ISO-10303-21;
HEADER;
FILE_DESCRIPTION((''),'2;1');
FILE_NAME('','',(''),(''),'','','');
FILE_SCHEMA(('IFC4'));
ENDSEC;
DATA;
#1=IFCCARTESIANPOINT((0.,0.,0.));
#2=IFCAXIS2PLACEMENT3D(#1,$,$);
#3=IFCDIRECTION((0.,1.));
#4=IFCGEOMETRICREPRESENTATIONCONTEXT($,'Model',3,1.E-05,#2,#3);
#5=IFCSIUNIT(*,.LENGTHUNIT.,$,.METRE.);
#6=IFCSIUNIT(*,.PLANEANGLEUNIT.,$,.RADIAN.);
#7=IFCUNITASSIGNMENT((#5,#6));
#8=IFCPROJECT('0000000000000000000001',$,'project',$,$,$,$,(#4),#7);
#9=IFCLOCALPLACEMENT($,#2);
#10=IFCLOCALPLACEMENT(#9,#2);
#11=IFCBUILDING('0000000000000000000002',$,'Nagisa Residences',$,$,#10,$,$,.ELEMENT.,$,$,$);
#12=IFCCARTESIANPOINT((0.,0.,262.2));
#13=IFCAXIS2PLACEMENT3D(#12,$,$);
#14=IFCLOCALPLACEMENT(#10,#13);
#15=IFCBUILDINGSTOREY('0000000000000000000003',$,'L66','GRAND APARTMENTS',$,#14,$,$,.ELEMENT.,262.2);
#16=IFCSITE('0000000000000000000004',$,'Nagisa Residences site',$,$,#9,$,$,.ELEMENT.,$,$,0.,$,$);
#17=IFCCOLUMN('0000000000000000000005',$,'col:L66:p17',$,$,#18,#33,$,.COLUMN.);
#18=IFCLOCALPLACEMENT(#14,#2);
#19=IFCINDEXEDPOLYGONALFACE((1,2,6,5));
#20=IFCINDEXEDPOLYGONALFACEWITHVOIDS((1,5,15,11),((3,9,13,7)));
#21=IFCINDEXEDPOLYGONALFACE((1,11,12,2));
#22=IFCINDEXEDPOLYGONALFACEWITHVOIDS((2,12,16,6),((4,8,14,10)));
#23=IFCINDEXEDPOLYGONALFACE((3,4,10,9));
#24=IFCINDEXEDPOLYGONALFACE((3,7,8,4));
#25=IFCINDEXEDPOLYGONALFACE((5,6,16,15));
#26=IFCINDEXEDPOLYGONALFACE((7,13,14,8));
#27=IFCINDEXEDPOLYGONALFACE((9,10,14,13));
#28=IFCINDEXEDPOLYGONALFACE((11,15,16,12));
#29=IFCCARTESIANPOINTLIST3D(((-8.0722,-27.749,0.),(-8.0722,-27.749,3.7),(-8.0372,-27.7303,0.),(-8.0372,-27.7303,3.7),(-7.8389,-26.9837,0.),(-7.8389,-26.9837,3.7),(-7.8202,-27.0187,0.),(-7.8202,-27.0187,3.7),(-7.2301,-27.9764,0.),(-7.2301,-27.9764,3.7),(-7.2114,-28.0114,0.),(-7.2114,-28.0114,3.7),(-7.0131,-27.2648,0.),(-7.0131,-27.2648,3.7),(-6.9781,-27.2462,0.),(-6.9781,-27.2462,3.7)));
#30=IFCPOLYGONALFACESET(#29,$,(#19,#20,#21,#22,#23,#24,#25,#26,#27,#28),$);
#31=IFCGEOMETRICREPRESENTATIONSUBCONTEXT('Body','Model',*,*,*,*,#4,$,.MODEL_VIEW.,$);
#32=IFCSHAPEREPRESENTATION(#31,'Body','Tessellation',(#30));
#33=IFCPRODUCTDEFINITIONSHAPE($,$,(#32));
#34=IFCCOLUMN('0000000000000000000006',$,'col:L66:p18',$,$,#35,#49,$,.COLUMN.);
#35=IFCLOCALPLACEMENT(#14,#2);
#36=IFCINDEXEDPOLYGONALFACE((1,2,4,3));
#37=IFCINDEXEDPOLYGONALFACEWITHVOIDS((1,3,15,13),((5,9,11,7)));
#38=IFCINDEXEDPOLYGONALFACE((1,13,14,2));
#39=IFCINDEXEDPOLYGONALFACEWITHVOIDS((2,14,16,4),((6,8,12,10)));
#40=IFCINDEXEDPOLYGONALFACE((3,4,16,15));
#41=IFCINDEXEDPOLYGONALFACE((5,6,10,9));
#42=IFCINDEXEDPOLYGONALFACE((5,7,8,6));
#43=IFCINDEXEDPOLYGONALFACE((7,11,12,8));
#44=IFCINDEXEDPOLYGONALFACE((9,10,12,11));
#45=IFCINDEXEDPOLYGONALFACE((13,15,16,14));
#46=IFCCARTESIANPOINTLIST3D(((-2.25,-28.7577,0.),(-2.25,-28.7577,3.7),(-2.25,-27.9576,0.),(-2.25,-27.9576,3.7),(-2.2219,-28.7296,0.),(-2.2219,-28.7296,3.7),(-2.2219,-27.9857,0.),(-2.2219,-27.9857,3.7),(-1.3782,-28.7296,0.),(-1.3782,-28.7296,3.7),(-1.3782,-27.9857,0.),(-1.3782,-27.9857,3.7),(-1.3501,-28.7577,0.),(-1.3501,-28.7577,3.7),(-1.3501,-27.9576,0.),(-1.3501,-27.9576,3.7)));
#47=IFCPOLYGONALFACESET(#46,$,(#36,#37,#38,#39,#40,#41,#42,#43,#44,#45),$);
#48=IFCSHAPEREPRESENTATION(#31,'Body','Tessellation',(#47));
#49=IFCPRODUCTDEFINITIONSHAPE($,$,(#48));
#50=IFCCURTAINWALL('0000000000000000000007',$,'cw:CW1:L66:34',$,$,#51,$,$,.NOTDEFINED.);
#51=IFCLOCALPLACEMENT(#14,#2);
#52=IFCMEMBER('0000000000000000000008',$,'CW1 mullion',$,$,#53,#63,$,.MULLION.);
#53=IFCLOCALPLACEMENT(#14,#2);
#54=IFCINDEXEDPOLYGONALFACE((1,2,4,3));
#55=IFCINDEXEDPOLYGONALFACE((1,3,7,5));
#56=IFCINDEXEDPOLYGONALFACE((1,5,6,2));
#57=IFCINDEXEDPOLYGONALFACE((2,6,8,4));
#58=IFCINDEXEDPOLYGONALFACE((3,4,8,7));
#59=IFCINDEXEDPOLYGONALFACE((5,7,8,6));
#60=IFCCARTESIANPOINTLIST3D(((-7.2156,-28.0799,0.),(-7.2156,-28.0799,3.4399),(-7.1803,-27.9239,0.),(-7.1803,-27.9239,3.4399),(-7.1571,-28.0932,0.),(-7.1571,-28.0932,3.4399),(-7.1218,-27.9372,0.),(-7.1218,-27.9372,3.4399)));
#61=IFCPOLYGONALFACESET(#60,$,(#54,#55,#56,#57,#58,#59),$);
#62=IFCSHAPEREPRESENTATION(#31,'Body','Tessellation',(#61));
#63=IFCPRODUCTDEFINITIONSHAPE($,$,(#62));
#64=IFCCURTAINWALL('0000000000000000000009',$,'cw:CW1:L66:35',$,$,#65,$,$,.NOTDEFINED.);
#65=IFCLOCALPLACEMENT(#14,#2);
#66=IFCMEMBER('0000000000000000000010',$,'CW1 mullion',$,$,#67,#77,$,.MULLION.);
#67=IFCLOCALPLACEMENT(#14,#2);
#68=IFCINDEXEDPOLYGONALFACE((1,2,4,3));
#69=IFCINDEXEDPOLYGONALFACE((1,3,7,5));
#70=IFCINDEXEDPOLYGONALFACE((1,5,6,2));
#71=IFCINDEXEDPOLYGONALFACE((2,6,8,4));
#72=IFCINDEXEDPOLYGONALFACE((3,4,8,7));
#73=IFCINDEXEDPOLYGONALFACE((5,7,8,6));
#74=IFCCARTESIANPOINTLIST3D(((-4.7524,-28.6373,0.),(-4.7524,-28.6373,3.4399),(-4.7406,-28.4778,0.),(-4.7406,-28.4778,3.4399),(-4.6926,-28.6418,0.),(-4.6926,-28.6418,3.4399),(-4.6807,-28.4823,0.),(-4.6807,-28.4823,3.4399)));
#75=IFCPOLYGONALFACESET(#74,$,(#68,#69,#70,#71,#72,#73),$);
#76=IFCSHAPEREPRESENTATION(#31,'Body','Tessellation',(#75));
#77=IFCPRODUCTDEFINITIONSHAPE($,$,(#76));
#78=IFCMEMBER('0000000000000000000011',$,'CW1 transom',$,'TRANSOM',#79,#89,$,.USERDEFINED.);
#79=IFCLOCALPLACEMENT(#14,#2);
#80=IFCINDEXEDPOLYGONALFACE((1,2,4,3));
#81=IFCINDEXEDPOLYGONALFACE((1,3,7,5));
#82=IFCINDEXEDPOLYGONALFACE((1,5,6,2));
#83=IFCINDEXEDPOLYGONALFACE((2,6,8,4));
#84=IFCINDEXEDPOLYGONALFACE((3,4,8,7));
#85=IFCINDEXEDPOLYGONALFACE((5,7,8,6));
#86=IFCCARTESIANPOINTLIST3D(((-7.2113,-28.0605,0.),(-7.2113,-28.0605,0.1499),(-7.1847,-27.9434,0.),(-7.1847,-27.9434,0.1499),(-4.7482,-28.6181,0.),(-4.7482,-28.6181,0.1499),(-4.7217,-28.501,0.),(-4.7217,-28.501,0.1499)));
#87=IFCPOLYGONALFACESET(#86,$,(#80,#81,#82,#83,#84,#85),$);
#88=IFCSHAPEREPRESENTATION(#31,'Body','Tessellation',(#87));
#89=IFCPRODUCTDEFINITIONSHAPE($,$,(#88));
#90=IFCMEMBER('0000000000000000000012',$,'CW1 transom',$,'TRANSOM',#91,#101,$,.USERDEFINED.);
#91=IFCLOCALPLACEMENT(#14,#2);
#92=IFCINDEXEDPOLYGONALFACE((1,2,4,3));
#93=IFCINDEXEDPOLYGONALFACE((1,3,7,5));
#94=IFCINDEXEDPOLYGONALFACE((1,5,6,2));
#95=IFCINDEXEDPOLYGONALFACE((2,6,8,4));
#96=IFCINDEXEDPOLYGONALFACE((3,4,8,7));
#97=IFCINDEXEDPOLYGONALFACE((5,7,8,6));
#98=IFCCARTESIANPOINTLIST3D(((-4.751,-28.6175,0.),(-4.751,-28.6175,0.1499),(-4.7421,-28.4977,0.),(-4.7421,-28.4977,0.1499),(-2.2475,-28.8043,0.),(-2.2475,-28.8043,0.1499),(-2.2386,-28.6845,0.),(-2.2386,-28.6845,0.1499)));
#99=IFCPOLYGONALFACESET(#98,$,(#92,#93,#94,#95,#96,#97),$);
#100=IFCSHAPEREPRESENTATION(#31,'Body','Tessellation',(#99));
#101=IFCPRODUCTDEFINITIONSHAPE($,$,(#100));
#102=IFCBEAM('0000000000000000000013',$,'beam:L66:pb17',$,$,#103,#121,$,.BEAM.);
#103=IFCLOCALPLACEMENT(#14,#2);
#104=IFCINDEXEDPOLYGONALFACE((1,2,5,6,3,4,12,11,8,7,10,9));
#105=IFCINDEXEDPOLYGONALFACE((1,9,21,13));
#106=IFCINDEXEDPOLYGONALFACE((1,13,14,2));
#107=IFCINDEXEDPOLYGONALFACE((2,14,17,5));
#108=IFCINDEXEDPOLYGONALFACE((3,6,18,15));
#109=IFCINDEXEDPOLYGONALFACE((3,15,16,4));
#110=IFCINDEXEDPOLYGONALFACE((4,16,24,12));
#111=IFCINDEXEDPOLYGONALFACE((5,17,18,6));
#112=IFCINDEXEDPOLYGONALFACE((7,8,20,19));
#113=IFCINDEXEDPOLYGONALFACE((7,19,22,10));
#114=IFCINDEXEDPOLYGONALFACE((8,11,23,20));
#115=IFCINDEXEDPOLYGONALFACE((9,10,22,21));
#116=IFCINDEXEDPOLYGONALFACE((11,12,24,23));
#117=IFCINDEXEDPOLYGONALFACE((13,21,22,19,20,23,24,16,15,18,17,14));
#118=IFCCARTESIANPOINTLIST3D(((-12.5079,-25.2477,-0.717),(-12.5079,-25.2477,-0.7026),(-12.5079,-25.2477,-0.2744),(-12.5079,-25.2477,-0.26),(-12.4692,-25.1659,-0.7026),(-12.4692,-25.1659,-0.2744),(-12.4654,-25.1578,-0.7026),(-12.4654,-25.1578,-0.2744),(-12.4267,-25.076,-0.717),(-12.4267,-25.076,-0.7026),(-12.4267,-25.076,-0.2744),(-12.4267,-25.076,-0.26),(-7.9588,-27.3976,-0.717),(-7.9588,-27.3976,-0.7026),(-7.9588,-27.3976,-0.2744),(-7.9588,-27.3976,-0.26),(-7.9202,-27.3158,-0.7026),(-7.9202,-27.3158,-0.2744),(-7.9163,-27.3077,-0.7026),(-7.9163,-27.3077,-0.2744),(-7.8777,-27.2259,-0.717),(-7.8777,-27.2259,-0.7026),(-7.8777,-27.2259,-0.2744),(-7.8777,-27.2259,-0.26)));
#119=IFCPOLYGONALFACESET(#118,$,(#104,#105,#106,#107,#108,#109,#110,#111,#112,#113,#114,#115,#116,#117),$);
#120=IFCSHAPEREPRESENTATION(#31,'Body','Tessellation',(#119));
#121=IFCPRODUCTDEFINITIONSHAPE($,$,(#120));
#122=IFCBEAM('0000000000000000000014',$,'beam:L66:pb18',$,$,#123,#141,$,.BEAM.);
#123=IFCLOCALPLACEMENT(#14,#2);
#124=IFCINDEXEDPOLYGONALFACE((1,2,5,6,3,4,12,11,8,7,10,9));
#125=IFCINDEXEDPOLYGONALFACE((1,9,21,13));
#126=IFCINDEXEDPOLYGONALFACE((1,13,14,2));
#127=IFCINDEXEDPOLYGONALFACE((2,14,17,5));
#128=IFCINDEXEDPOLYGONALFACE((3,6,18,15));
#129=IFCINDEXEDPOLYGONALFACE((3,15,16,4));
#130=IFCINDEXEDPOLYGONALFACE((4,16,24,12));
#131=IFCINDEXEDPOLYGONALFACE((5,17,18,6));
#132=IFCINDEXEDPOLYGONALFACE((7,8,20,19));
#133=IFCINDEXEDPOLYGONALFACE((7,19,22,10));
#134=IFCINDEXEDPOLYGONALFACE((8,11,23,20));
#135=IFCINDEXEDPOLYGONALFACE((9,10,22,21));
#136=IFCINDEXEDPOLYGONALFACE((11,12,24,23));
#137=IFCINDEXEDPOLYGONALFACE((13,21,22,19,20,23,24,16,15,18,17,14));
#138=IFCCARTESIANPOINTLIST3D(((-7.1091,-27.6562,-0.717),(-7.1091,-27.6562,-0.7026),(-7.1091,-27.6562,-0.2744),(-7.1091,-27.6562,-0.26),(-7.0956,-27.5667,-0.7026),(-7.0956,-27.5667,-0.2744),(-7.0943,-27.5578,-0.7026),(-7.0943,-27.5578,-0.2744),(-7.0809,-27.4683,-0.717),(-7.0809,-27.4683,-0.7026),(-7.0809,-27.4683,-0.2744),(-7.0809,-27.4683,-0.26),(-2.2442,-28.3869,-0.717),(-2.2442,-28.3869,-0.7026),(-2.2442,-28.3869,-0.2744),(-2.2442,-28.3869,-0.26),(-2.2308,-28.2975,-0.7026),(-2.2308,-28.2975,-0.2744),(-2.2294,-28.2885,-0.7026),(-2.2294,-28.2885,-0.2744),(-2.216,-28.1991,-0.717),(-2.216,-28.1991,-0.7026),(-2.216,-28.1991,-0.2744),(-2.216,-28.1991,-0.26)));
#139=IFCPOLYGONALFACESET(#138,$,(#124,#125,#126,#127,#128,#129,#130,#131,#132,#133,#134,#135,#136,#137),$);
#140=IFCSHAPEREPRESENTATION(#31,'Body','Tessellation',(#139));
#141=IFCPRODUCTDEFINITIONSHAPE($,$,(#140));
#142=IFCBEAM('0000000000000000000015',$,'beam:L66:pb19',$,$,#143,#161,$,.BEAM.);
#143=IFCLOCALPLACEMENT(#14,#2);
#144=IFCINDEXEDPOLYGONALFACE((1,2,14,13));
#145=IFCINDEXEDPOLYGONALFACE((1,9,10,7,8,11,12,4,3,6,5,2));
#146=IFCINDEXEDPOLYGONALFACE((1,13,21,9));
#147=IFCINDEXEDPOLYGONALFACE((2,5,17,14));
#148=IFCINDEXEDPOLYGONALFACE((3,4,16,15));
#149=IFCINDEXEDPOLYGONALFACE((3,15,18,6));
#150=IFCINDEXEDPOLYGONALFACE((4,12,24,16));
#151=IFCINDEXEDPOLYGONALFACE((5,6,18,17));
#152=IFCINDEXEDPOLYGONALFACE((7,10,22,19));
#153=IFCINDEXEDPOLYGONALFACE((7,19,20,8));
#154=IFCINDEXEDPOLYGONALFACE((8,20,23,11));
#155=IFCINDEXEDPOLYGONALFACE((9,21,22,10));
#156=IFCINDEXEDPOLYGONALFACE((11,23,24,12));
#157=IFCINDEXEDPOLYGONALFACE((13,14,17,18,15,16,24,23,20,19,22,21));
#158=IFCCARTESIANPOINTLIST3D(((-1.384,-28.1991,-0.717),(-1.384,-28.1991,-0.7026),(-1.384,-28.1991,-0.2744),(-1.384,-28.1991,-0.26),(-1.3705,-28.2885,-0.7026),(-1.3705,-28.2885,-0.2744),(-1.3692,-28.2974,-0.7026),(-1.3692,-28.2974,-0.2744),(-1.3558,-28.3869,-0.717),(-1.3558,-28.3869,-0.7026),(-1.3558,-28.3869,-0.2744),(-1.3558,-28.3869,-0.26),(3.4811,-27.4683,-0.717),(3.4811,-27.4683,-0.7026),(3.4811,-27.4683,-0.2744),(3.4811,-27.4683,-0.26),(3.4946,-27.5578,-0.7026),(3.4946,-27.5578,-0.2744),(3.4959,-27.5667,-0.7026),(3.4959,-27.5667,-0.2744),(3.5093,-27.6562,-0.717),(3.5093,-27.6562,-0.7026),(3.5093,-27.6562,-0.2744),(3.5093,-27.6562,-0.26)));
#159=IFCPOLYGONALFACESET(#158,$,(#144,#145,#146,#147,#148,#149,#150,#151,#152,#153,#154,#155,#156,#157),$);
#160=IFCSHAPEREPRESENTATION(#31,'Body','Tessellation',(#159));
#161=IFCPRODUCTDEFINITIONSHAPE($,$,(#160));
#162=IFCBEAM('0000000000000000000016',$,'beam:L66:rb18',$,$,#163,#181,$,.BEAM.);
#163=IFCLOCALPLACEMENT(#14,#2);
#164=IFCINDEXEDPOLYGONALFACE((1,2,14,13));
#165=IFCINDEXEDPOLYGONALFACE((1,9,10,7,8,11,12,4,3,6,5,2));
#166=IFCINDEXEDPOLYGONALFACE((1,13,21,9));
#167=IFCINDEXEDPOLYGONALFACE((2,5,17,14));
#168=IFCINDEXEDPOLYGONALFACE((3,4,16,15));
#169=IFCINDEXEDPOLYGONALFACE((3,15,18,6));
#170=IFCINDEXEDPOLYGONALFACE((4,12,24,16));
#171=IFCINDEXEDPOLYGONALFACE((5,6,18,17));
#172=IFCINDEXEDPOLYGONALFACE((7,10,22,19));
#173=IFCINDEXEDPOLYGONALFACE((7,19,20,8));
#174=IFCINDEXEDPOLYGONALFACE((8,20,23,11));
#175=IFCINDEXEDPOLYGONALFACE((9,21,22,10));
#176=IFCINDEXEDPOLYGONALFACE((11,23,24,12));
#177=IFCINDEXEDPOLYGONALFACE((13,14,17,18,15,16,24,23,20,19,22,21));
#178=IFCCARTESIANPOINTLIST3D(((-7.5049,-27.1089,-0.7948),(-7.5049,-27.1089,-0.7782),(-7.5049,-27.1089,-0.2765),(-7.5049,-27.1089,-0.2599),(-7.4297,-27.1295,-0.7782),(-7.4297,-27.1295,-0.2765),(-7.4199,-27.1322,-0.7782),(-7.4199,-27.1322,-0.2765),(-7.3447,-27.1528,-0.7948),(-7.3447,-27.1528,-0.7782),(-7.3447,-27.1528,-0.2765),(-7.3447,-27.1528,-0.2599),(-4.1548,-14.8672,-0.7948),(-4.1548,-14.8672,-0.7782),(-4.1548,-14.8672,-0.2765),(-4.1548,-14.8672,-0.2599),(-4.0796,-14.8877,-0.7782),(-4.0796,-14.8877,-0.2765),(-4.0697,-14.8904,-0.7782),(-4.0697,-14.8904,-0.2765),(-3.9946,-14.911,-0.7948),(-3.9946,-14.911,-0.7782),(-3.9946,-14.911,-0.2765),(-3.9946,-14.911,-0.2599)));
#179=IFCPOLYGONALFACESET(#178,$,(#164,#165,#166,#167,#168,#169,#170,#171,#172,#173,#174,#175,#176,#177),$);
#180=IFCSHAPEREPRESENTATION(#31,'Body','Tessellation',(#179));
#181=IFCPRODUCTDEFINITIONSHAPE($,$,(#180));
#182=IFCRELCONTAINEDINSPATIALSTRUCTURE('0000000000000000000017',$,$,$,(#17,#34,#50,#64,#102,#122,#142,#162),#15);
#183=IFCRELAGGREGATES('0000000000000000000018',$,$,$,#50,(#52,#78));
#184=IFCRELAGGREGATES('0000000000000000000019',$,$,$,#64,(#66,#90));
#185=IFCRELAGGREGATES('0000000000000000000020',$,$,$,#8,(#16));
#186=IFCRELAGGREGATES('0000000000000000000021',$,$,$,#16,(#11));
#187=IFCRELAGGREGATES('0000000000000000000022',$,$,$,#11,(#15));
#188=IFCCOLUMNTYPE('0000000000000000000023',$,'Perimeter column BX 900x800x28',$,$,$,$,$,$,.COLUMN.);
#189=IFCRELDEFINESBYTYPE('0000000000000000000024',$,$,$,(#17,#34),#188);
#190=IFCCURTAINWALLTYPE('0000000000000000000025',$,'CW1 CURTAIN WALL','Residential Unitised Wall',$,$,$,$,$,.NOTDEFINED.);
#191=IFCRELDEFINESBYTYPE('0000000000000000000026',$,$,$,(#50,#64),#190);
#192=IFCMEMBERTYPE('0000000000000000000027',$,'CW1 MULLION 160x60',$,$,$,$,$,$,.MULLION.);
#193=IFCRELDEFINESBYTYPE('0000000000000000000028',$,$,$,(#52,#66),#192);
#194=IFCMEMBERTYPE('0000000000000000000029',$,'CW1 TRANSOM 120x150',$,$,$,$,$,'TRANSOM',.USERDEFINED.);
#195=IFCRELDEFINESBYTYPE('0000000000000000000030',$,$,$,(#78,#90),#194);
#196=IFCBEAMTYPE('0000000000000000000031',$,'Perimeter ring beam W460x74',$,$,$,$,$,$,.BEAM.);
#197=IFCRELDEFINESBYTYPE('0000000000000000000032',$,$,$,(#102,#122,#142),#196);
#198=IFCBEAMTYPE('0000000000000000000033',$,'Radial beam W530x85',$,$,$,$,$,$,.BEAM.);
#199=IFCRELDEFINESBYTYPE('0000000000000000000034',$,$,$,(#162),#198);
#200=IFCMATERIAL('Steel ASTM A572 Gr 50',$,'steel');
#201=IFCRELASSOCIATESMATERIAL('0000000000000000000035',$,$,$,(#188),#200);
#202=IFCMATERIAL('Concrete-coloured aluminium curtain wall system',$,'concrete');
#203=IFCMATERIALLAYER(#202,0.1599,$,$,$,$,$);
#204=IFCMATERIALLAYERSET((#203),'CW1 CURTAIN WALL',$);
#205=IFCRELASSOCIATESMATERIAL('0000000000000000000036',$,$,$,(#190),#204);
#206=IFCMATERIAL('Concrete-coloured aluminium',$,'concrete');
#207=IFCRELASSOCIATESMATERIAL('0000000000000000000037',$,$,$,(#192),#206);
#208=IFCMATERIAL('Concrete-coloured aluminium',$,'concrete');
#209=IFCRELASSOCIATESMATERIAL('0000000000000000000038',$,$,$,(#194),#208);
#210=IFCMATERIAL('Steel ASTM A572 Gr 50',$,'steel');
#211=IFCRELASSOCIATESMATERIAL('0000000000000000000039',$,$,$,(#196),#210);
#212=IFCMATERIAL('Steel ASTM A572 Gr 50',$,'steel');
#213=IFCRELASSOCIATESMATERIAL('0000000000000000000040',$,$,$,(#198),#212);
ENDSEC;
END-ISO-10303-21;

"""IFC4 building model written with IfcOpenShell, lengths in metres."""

from ifc_helpers import new_model, si_unit, direction, frame, origin, origin_2d, place, context, subcontext, project, spatial, rectangle, hollow_rectangle, i_section, extrude, material, layer, layer_set, material_profile, profile_set, type_object, element, aggregate, save


model = new_model("IFC4")

# Units and contexts
model_context = context("Model", 3, precision=1e-05, world=origin(), true_north=direction((0.0, 1.0)))
body_context = subcontext(model_context, "Body", "Model", "MODEL_VIEW")
ifc_project = project(units=[si_unit("LENGTHUNIT", "METRE"), si_unit("PLANEANGLEUNIT", "RADIAN")], contexts=[model_context])

# Site, building, storey
site_placement = place(None, origin())
site = spatial("IfcSite", under=ifc_project, at=site_placement, Name="Nagisa Residences site", CompositionType="ELEMENT", RefElevation=0.0)
building_placement = place(site_placement, origin())
building = spatial("IfcBuilding", under=site, at=building_placement, Name="Nagisa Residences", CompositionType="ELEMENT")
storey_placement = place(building_placement, frame((0.0, 0.0, 262.2)))
storey = spatial("IfcBuildingStorey", under=building, at=storey_placement, Name="L66", Description="GRAND APARTMENTS", CompositionType="ELEMENT", Elevation=262.2)

# Columns
ifc_material_1 = material(Name="Steel ASTM A572 Gr 50", Category="steel")
ifc_material_profile_1 = material_profile(ifc_material_1, hollow_rectangle(XDim=0.8999, YDim=0.8, WallThickness=0.0281, at=origin_2d()), Name="BX 900x800x28")
ifc_profile_set_1 = profile_set([ifc_material_profile_1], Name="Steel ASTM A572 Gr 50")
column_type = type_object("IfcColumnType", Name="Perimeter column BX 900x800x28", PredefinedType="COLUMN", material=ifc_profile_set_1)
for number, where, z_axis, x_axis, name in (
    (1, (-7.5251, -27.4976, 0.0), (0.0, 0.0, 1.0), (0.956525, -0.291652, 0.0), "col:L66:p17"),
    (2, (-1.8, -28.3577, 0.0), (0.0, 0.0, 1.0), (1.0, 0.0, 0.0), "col:L66:p18"),
):
    element("IfcColumn", number, at=place(storey_placement, frame(where, z_axis=z_axis, x_axis=x_axis)), inside=storey, type_object=column_type, Name=name, PredefinedType="COLUMN", context=body_context, shape_type="SweptSolid", body=[
        extrude(hollow_rectangle(XDim=0.8999, YDim=0.8, WallThickness=0.0281, at=origin_2d()), origin(), (0.0, 0.0, 1.0), 3.7),
    ])

# Curtain walls, members
ifc_material_2 = material(Name="Concrete-coloured aluminium curtain wall system", Category="concrete")
ifc_layer_1 = layer(ifc_material_2, 0.1599)
ifc_layer_set_1 = layer_set([ifc_layer_1], Name="CW1 CURTAIN WALL")
curtain_wall_type = type_object("IfcCurtainWallType", Name="CW1 CURTAIN WALL", Description="Residential Unitised Wall", PredefinedType="NOTDEFINED", material=ifc_layer_set_1)
curtain_wall_1_placement = place(storey_placement, origin())
curtain_wall_1 = element("IfcCurtainWall", 3, at=curtain_wall_1_placement, inside=storey, type_object=curtain_wall_type, Name="cw:CW1:L66:34", PredefinedType="NOTDEFINED")
ifc_material_3 = material(Name="Concrete-coloured aluminium", Category="concrete")
ifc_material_profile_2 = material_profile(ifc_material_3, rectangle(XDim=0.1599, YDim=0.0601, at=origin_2d()), Name="CW1 MULLION 160x60")
ifc_profile_set_2 = profile_set([ifc_material_profile_2], Name="Concrete-coloured aluminium")
member_type_1 = type_object("IfcMemberType", Name="CW1 MULLION 160x60", PredefinedType="MULLION", material=ifc_profile_set_2)
member_1_placement = place(storey_placement, frame((-7.1687, -28.0085, 0.0), z_axis=(0.0, 0.0, 1.0), x_axis=(0.220764, 0.975327, 0.0)))
member_1 = element("IfcMember", 4, at=member_1_placement, type_object=member_type_1, Name="CW1 mullion", PredefinedType="MULLION", context=body_context, shape_type="SweptSolid", body=[
    extrude(rectangle(XDim=0.1599, YDim=0.0601, at=origin_2d()), origin(), (0.0, 0.0, 1.0), 3.4399),
])
curtain_wall_2_placement = place(storey_placement, origin())
curtain_wall_2 = element("IfcCurtainWall", 5, at=curtain_wall_2_placement, inside=storey, type_object=curtain_wall_type, Name="cw:CW1:L66:35", PredefinedType="NOTDEFINED")
member_2_placement = place(storey_placement, frame((-4.7166, -28.5598, 0.0), z_axis=(0.0, 0.0, 1.0), x_axis=(0.074377, 0.99723, 0.0)))
member_2 = element("IfcMember", 6, at=member_2_placement, type_object=member_type_1, Name="CW1 mullion", PredefinedType="MULLION", context=body_context, shape_type="SweptSolid", body=[
    extrude(rectangle(XDim=0.1599, YDim=0.0601, at=origin_2d()), origin(), (0.0, 0.0, 1.0), 3.4399),
])

# Members
ifc_material_4 = material(Name="Concrete-coloured aluminium", Category="concrete")
ifc_material_profile_3 = material_profile(ifc_material_4, rectangle(XDim=0.1201, YDim=0.1499, at=origin_2d()), Name="CW1 TRANSOM 120x150")
ifc_profile_set_3 = profile_set([ifc_material_profile_3], Name="Concrete-coloured aluminium")
member_type_2 = type_object("IfcMemberType", Name="CW1 TRANSOM 120x150", ElementType="TRANSOM", PredefinedType="USERDEFINED", material=ifc_profile_set_3)
member_3_placement = place(storey_placement, frame((-7.198, -28.002, 0.075), z_axis=(0.97532, -0.220798, 0.0), x_axis=(0.220798, 0.97532, 0.0)))
member_3 = element("IfcMember", 7, at=member_3_placement, type_object=member_type_2, Name="CW1 transom", ObjectType="TRANSOM", PredefinedType="USERDEFINED", context=body_context, shape_type="SweptSolid", body=[
    extrude(rectangle(XDim=0.1201, YDim=0.1499, at=origin_2d()), origin(), (0.0, 0.0, 1.0), 2.5254),
])
member_4_placement = place(storey_placement, frame((-4.7466, -28.5576, 0.075), z_axis=(0.997229, -0.074391, 0.0), x_axis=(0.074391, 0.997229, 0.0)))
member_4 = element("IfcMember", 8, at=member_4_placement, type_object=member_type_2, Name="CW1 transom", ObjectType="TRANSOM", PredefinedType="USERDEFINED", context=body_context, shape_type="SweptSolid", body=[
    extrude(rectangle(XDim=0.1201, YDim=0.1499, at=origin_2d()), origin(), (0.0, 0.0, 1.0), 2.5105),
])

# Beams
ifc_material_5 = material(Name="Steel ASTM A572 Gr 50", Category="steel")
ifc_material_profile_4 = material_profile(ifc_material_5, i_section(OverallWidth=0.1899, OverallDepth=0.457, WebThickness=0.009, FlangeThickness=0.0144, at=origin_2d()), Name="W460x74")
ifc_profile_set_4 = profile_set([ifc_material_profile_4], Name="Steel ASTM A572 Gr 50")
beam_type_1 = type_object("IfcBeamType", Name="Perimeter ring beam W460x74", PredefinedType="BEAM", material=ifc_profile_set_4)
beam_1_placement = place(storey_placement, frame((-12.4673, -25.1619, -0.4885), z_axis=(0.904116, -0.427287, 0.0), x_axis=(0.427287, 0.904116, 0.0)))
element("IfcBeam", 9, at=beam_1_placement, inside=storey, type_object=beam_type_1, Name="beam:L66:pb17", PredefinedType="BEAM", context=body_context, shape_type="SweptSolid", body=[
    extrude(i_section(OverallWidth=0.1899, OverallDepth=0.457, WebThickness=0.009, FlangeThickness=0.0144, at=origin_2d()), origin(), (0.0, 0.0, 1.0), 5.0315),
])
beam_2_placement = place(storey_placement, frame((-7.095, -27.5623, -0.4885), z_axis=(0.988906, -0.148539, 0.0), x_axis=(0.148539, 0.988906, 0.0)))
element("IfcBeam", 10, at=beam_2_placement, inside=storey, type_object=beam_type_1, Name="beam:L66:pb18", PredefinedType="BEAM", context=body_context, shape_type="SweptSolid", body=[
    extrude(i_section(OverallWidth=0.1899, OverallDepth=0.457, WebThickness=0.009, FlangeThickness=0.0144, at=origin_2d()), origin(), (0.0, 0.0, 1.0), 4.9194),
])
beam_3_placement = place(storey_placement, frame((-1.3699, -28.293, -0.4885), z_axis=(0.988908, 0.148532, 0.0), x_axis=(-0.148532, 0.988908, 0.0)))
element("IfcBeam", 11, at=beam_3_placement, inside=storey, type_object=beam_type_1, Name="beam:L66:pb19", PredefinedType="BEAM", context=body_context, shape_type="SweptSolid", body=[
    extrude(i_section(OverallWidth=0.1899, OverallDepth=0.457, WebThickness=0.009, FlangeThickness=0.0144, at=origin_2d()), origin(), (0.0, 0.0, 1.0), 4.9197),
])
ifc_material_6 = material(Name="Steel ASTM A572 Gr 50", Category="steel")
ifc_material_profile_5 = material_profile(ifc_material_6, i_section(OverallWidth=0.166, OverallDepth=0.5349, WebThickness=0.0103, FlangeThickness=0.0166, at=origin_2d()), Name="W530x85")
ifc_profile_set_5 = profile_set([ifc_material_profile_5], Name="Steel ASTM A572 Gr 50")
beam_type_2 = type_object("IfcBeamType", Name="Radial beam W530x85", PredefinedType="BEAM", material=ifc_profile_set_5)
beam_4_placement = place(storey_placement, frame((-7.4248, -27.1309, -0.5273), z_axis=(0.263957, 0.964534, 0.0), x_axis=(-0.964534, 0.263957, 0.0)))
element("IfcBeam", 12, at=beam_4_placement, inside=storey, type_object=beam_type_2, Name="beam:L66:rb18", PredefinedType="BEAM", context=body_context, shape_type="SweptSolid", body=[
    extrude(i_section(OverallWidth=0.166, OverallDepth=0.5349, WebThickness=0.0103, FlangeThickness=0.0166, at=origin_2d()), origin(), (0.0, 0.0, 1.0), 12.6919),
])

aggregate(curtain_wall_1, [member_1, member_3])
aggregate(curtain_wall_2, [member_2, member_4])

save(model, "model.ifc")
